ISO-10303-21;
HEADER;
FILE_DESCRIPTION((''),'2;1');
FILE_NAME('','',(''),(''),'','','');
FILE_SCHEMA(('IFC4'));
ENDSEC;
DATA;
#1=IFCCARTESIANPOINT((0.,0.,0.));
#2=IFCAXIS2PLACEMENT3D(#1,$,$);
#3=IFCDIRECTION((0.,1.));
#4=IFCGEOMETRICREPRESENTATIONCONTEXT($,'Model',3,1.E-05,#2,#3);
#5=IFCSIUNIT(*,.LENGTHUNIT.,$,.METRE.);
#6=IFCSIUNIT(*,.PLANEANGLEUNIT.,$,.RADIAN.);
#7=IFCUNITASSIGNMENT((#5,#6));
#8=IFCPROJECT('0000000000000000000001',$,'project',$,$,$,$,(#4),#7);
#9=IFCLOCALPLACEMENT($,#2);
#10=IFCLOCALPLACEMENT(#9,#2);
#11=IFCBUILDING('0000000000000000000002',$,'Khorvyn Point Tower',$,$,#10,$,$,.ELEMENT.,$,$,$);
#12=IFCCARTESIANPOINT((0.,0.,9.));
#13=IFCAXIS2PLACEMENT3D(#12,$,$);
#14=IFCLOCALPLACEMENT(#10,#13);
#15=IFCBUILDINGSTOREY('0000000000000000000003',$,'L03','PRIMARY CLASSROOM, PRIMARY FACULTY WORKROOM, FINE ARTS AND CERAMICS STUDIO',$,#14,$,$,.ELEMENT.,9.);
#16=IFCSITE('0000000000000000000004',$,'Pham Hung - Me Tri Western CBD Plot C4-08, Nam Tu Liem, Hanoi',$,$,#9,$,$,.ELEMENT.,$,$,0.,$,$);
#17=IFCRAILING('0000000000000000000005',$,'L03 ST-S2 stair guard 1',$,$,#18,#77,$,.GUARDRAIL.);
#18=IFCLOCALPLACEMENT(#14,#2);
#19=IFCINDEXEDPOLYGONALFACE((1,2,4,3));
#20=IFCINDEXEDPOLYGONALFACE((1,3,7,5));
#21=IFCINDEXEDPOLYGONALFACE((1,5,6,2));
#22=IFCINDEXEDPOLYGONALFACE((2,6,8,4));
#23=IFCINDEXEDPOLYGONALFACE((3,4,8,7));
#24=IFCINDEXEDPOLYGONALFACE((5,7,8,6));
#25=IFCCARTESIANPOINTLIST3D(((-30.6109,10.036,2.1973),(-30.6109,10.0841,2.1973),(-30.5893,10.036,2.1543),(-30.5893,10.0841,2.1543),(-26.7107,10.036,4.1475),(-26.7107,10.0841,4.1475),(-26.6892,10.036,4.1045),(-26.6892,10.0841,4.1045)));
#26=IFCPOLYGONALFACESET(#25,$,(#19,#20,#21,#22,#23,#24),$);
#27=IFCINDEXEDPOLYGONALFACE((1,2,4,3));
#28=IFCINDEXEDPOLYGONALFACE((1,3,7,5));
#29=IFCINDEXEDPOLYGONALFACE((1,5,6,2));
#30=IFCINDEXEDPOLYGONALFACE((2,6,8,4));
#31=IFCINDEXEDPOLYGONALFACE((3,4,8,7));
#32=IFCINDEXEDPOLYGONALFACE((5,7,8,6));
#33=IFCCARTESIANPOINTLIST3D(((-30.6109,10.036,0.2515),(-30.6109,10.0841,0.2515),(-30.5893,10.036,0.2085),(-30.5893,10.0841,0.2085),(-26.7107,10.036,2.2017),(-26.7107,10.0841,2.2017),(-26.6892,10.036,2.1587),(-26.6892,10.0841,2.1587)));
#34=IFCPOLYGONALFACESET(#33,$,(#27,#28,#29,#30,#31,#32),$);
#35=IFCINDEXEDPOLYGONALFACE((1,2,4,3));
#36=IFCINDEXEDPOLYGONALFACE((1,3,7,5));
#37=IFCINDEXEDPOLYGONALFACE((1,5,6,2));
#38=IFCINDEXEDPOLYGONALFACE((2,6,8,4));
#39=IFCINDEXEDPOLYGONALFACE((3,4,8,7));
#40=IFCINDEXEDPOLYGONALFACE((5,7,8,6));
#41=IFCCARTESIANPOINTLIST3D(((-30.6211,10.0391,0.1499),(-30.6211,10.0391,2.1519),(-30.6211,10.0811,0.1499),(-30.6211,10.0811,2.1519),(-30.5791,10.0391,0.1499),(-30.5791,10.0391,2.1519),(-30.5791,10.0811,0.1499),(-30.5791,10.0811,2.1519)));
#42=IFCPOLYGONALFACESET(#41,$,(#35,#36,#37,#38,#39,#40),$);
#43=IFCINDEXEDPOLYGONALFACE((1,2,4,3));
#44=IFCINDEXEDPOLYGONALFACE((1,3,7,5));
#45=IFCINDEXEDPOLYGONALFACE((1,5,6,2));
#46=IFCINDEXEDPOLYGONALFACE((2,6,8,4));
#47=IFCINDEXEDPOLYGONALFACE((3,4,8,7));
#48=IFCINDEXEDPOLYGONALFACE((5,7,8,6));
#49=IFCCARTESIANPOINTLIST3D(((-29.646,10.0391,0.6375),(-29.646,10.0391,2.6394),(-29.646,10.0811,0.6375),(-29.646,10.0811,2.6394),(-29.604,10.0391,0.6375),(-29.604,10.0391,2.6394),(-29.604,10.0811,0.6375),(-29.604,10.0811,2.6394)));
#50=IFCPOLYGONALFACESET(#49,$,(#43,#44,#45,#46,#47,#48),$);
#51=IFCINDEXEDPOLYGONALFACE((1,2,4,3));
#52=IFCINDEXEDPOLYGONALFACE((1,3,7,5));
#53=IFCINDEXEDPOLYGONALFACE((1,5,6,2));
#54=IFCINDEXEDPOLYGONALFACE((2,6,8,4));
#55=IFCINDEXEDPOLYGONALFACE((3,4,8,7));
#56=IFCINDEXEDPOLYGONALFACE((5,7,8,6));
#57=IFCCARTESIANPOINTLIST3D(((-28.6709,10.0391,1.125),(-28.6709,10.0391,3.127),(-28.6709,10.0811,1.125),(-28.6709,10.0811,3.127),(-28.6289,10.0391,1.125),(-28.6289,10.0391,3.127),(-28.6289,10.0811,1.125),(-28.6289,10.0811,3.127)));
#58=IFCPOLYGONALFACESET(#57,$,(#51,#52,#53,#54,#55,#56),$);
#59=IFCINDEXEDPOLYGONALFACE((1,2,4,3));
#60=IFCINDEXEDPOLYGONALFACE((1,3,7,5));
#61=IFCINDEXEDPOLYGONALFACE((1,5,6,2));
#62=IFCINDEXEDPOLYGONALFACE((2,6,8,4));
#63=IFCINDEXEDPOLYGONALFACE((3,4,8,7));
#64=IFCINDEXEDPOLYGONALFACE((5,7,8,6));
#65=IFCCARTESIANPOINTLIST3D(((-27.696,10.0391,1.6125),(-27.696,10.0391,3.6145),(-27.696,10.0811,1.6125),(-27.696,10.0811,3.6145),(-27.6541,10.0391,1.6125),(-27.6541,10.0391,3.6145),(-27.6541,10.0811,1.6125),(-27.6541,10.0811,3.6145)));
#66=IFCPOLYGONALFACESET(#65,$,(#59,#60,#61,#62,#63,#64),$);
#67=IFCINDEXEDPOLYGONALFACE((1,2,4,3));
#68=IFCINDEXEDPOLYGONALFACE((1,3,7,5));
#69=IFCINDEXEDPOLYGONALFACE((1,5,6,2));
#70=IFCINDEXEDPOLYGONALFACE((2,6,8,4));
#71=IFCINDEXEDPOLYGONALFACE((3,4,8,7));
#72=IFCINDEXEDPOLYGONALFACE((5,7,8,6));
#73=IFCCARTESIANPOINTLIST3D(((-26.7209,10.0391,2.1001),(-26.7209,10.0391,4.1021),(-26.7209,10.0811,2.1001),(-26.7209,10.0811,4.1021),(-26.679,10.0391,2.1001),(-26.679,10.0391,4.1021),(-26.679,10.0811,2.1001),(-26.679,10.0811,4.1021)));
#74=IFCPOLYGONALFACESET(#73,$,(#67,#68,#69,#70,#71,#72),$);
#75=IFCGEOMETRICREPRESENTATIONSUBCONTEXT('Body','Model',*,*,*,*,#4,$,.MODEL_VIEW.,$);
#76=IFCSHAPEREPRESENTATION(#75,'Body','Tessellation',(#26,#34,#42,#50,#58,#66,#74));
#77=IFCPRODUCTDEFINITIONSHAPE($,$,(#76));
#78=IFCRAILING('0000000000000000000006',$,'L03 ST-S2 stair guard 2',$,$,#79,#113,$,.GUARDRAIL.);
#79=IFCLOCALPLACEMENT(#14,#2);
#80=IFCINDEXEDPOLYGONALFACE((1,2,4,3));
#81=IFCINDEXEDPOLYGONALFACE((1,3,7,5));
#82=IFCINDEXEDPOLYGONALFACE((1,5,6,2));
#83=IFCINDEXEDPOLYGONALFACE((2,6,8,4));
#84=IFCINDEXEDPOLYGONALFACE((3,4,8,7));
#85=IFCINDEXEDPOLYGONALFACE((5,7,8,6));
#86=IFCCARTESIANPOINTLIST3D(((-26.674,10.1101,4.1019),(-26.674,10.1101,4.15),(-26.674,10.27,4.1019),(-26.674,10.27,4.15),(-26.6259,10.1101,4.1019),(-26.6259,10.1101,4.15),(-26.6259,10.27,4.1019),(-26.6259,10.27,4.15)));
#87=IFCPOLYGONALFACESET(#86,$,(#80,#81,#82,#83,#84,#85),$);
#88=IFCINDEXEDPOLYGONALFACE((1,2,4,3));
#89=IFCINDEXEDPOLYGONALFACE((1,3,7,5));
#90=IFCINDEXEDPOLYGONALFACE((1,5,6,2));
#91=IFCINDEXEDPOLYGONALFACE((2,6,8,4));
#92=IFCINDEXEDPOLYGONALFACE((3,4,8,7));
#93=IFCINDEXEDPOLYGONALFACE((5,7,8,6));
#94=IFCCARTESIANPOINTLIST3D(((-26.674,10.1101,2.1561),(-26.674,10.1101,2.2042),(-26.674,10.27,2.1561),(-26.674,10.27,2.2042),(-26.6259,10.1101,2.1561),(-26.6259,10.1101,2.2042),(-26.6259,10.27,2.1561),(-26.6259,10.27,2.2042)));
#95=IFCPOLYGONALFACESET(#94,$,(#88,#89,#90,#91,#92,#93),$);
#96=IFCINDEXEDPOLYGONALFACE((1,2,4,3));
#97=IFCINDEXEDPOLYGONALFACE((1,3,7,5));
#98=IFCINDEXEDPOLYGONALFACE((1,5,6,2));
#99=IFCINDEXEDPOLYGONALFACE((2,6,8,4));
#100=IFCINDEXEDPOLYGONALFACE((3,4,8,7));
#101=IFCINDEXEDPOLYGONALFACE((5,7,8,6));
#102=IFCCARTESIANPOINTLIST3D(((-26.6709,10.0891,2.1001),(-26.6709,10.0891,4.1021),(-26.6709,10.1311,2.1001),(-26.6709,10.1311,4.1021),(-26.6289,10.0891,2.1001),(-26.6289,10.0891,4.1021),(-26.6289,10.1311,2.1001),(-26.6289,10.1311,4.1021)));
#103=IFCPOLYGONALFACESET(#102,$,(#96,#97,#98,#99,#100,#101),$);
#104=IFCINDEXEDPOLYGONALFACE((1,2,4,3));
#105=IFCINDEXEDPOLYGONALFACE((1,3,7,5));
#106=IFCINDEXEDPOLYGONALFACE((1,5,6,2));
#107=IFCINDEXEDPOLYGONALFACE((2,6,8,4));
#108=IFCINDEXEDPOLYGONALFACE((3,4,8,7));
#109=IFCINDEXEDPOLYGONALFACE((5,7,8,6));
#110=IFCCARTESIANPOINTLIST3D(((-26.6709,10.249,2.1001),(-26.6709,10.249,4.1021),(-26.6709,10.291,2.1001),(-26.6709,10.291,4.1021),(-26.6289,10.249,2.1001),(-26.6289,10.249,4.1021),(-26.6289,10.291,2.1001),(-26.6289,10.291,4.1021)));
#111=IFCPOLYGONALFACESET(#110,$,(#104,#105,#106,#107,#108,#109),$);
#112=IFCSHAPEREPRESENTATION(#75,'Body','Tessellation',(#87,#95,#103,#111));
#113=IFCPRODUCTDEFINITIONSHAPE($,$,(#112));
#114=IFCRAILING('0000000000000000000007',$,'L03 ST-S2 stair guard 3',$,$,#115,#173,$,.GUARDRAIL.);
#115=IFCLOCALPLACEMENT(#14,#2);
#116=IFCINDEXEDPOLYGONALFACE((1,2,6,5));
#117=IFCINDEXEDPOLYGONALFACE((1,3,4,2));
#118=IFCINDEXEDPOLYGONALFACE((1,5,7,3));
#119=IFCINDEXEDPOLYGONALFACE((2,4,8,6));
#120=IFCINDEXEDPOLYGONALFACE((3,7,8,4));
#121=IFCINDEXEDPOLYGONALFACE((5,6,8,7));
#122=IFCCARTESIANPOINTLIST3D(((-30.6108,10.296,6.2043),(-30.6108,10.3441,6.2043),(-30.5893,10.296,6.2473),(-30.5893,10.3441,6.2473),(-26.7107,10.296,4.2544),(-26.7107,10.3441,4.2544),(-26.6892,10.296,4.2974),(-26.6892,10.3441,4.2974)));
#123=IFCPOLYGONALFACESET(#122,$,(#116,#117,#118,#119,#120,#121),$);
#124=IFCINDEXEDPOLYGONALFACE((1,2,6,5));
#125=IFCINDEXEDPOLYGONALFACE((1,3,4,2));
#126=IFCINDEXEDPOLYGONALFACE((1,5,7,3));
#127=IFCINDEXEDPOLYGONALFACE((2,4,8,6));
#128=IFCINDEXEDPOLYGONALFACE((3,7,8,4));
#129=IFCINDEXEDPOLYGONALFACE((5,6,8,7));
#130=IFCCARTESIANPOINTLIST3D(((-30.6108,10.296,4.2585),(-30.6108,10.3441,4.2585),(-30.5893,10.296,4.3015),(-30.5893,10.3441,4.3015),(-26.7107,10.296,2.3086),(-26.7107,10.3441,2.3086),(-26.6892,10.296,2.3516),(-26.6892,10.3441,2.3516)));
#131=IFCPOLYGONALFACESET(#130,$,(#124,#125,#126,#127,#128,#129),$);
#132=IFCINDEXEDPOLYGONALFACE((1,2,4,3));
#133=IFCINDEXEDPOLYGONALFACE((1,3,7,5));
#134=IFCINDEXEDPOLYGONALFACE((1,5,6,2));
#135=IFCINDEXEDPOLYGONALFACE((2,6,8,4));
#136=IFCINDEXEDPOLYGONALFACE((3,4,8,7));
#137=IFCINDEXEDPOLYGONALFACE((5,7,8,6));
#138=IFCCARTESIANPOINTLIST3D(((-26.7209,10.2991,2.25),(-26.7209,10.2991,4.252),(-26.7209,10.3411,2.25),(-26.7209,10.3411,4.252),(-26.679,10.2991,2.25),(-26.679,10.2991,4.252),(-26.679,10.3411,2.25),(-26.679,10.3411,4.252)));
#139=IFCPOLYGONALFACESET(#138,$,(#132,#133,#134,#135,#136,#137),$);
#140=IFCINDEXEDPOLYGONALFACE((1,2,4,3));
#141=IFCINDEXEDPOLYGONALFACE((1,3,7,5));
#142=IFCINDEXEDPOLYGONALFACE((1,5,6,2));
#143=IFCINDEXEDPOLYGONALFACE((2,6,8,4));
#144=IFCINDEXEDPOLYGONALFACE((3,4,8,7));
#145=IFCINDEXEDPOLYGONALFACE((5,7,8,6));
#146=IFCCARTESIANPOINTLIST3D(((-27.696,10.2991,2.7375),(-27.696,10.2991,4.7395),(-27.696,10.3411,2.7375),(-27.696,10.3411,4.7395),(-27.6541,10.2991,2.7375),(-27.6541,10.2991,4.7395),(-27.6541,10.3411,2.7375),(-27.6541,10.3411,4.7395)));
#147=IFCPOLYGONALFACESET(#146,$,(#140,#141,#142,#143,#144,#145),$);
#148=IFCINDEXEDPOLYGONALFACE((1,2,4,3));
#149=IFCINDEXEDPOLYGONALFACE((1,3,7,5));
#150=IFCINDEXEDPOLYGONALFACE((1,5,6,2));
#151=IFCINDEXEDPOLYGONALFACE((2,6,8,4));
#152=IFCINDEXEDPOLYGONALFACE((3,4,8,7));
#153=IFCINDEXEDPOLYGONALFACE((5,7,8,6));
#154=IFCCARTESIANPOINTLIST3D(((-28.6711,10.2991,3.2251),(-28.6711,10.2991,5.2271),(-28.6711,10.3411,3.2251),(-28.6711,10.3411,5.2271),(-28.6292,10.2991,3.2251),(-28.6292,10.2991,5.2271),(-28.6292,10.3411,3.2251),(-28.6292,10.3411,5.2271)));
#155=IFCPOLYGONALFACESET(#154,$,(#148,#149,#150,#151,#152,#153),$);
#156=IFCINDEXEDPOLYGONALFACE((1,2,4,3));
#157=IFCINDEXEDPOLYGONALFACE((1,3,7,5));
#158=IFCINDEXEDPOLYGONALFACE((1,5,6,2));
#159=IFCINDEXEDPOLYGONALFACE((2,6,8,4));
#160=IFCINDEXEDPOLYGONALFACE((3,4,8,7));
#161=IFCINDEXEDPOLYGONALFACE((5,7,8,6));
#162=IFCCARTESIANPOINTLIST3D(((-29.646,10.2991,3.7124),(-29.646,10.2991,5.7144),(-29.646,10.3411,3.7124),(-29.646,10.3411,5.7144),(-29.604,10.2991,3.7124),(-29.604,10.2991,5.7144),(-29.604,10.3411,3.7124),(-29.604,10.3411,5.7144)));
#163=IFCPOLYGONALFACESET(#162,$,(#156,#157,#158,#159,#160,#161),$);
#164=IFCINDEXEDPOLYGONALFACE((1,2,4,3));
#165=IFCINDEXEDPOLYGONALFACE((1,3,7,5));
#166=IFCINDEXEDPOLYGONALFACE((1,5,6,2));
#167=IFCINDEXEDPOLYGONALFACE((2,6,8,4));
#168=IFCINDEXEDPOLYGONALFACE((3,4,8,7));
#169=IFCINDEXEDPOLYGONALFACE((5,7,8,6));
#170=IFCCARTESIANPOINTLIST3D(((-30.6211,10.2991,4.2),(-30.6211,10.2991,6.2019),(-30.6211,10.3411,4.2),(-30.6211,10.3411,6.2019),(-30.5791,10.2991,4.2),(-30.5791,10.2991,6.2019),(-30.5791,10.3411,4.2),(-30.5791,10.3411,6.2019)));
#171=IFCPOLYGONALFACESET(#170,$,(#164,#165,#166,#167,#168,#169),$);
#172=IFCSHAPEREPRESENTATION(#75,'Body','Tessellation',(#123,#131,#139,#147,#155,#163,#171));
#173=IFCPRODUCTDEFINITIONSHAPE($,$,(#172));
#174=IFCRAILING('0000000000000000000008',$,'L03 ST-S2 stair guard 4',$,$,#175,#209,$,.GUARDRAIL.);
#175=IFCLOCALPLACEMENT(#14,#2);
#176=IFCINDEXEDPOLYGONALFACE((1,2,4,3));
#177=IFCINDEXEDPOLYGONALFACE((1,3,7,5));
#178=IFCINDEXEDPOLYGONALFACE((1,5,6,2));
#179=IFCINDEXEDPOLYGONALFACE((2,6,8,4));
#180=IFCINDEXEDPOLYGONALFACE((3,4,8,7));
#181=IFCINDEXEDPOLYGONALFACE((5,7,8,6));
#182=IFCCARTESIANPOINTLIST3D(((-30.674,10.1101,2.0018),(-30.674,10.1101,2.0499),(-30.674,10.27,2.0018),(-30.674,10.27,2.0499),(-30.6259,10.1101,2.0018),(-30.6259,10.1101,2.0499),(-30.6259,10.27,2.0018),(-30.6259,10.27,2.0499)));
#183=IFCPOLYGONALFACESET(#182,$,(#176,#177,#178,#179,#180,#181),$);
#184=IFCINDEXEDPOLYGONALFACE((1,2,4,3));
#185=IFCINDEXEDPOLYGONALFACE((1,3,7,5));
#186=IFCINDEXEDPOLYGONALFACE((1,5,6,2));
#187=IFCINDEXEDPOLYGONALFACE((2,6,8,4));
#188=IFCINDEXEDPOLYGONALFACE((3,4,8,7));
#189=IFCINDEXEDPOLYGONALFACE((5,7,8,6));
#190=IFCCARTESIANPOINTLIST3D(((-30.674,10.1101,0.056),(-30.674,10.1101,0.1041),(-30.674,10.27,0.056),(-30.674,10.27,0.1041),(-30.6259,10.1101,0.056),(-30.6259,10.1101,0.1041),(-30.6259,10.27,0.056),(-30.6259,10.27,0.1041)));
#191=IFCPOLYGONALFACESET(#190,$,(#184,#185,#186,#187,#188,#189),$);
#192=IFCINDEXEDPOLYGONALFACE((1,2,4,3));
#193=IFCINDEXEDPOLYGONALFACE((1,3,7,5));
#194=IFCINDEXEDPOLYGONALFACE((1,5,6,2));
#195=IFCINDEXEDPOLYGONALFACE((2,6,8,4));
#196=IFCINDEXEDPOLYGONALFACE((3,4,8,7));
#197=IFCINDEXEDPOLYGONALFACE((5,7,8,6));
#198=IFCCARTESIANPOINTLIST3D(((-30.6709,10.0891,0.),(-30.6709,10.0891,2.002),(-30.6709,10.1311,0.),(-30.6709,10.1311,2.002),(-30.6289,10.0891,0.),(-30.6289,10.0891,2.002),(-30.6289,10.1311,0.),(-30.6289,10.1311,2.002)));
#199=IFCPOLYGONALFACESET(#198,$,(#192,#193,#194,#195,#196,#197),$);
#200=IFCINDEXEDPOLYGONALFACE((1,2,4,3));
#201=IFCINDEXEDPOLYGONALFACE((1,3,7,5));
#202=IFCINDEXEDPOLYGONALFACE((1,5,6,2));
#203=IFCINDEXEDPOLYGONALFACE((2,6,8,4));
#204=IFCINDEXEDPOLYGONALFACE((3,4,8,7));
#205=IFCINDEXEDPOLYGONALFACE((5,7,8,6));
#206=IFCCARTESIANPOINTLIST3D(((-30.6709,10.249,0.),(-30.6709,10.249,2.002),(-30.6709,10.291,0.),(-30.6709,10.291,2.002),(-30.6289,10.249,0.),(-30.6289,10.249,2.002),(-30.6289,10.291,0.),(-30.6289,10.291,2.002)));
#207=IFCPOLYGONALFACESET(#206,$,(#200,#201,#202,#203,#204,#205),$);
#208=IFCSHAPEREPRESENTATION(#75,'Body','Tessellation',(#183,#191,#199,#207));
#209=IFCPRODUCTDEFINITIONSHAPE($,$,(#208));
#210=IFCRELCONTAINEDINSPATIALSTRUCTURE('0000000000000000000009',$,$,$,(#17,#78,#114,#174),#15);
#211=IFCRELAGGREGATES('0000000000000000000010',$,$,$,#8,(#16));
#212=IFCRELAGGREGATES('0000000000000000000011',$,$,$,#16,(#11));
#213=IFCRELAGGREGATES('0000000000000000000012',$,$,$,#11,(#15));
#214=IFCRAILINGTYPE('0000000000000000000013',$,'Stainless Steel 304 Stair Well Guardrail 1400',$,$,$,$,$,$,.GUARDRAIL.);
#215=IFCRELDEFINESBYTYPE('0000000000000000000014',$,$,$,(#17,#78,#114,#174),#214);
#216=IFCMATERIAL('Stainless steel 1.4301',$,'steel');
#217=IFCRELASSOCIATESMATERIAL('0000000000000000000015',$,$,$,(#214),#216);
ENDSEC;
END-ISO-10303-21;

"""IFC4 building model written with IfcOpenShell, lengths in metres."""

from ifc_helpers import new_model, si_unit, direction, frame, origin, origin_2d, place, context, subcontext, project, spatial, rectangle, extrude, material, type_object, element, save


model = new_model("IFC4")

# Units and contexts
model_context = context("Model", 3, precision=1e-05, world=origin(), true_north=direction((0.0, 1.0)))
body_context = subcontext(model_context, "Body", "Model", "MODEL_VIEW")
ifc_project = project(units=[si_unit("LENGTHUNIT", "METRE"), si_unit("PLANEANGLEUNIT", "RADIAN")], contexts=[model_context])

# Site, building, storey
site_placement = place(None, origin())
site = spatial("IfcSite", under=ifc_project, at=site_placement, Name="Pham Hung - Me Tri Western CBD Plot C4-08, Nam Tu Liem, Hanoi", CompositionType="ELEMENT", RefElevation=0.0)
building_placement = place(site_placement, origin())
building = spatial("IfcBuilding", under=site, at=building_placement, Name="Khorvyn Point Tower", CompositionType="ELEMENT")
storey_placement = place(building_placement, frame((0.0, 0.0, 9.0)))
storey = spatial("IfcBuildingStorey", under=building, at=storey_placement, Name="L03", Description="PRIMARY CLASSROOM, PRIMARY FACULTY WORKROOM, FINE ARTS AND CERAMICS STUDIO", CompositionType="ELEMENT", Elevation=9.0)

# Railings
ifc_material_1 = material(Name="Stainless steel 1.4301", Category="steel")
railing_type_1 = type_object("IfcRailingType", Name="Stainless Steel 304 Stair Well Guardrail 1400", PredefinedType="GUARDRAIL", material=ifc_material_1)
railing_1_placement = place(storey_placement, frame((-30.6001, 10.0601, 0.1499)))
element("IfcRailing", 1, at=railing_1_placement, inside=storey, type_object=railing_type_1, Name="L03 ST-S2 stair guard 1", PredefinedType="GUARDRAIL", context=body_context, shape_type="SweptSolid", body=[
    extrude(rectangle(XDim=0.0481, YDim=0.0481, at=origin_2d()), frame((0.0, 0.0, 2.0259), z_axis=(0.894416, 0.0, 0.447236), x_axis=(0.0, 1.0, 0.0)), (0.0, 0.0, 1.0), 4.3606),
    extrude(rectangle(XDim=0.0481, YDim=0.0481, at=origin_2d()), frame((0.0, 0.0, 0.0801), z_axis=(0.894416, 0.0, 0.447236), x_axis=(0.0, 1.0, 0.0)), (0.0, 0.0, 1.0), 4.3606),
    extrude(rectangle(XDim=0.042, YDim=0.042, at=origin_2d()), origin(), (0.0, 0.0, 1.0), 2.002),
    extrude(rectangle(XDim=0.042, YDim=0.042, at=origin_2d()), frame((0.9751, 0.0, 0.4875)), (0.0, 0.0, 1.0), 2.002),
    extrude(rectangle(XDim=0.042, YDim=0.042, at=origin_2d()), frame((1.9502, 0.0, 0.9751)), (0.0, 0.0, 1.0), 2.002),
    extrude(rectangle(XDim=0.042, YDim=0.042, at=origin_2d()), frame((2.925, 0.0, 1.4626)), (0.0, 0.0, 1.0), 2.002),
    extrude(rectangle(XDim=0.042, YDim=0.042, at=origin_2d()), frame((3.9001, 0.0, 1.9502)), (0.0, 0.0, 1.0), 2.002),
])
railing_2_placement = place(storey_placement, frame((-26.6499, 10.1101, 2.1001)))
element("IfcRailing", 2, at=railing_2_placement, inside=storey, type_object=railing_type_1, Name="L03 ST-S2 stair guard 2", PredefinedType="GUARDRAIL", context=body_context, shape_type="SweptSolid", body=[
    extrude(rectangle(XDim=0.0481, YDim=0.0481, at=origin_2d()), frame((0.0, 0.0, 2.0259), z_axis=(0.0, 1.0, 0.0), x_axis=(-1.0, 0.0, 0.0)), (0.0, 0.0, 1.0), 0.1599),
    extrude(rectangle(XDim=0.0481, YDim=0.0481, at=origin_2d()), frame((0.0, 0.0, 0.0801), z_axis=(0.0, 1.0, 0.0), x_axis=(-1.0, 0.0, 0.0)), (0.0, 0.0, 1.0), 0.1599),
    extrude(rectangle(XDim=0.042, YDim=0.042, at=origin_2d()), origin(), (0.0, 0.0, 1.0), 2.002),
    extrude(rectangle(XDim=0.042, YDim=0.042, at=origin_2d()), frame((0.0, 0.1599, 0.0)), (0.0, 0.0, 1.0), 2.002),
])
railing_3_placement = place(storey_placement, frame((-26.7, 10.3201, 2.25)))
element("IfcRailing", 3, at=railing_3_placement, inside=storey, type_object=railing_type_1, Name="L03 ST-S2 stair guard 3", PredefinedType="GUARDRAIL", context=body_context, shape_type="SweptSolid", body=[
    extrude(rectangle(XDim=0.0481, YDim=0.0481, at=origin_2d()), frame((0.0, 0.0, 2.0259), z_axis=(-0.894438, 0.0, 0.447191), x_axis=(0.0, -1.0, 0.0)), (0.0, 0.0, 1.0), 4.3604),
    extrude(rectangle(XDim=0.0481, YDim=0.0481, at=origin_2d()), frame((0.0, 0.0, 0.0801), z_axis=(-0.894438, 0.0, 0.447191), x_axis=(0.0, -1.0, 0.0)), (0.0, 0.0, 1.0), 4.3604),
    extrude(rectangle(XDim=0.042, YDim=0.042, at=origin_2d()), origin(), (0.0, 0.0, 1.0), 2.002),
    extrude(rectangle(XDim=0.042, YDim=0.042, at=origin_2d()), frame((-0.9751, 0.0, 0.4875)), (0.0, 0.0, 1.0), 2.002),
    extrude(rectangle(XDim=0.042, YDim=0.042, at=origin_2d()), frame((-1.9502, 0.0, 0.9751)), (0.0, 0.0, 1.0), 2.002),
    extrude(rectangle(XDim=0.042, YDim=0.042, at=origin_2d()), frame((-2.925, 0.0, 1.4624)), (0.0, 0.0, 1.0), 2.002),
    extrude(rectangle(XDim=0.042, YDim=0.042, at=origin_2d()), frame((-3.9001, 0.0, 1.95)), (0.0, 0.0, 1.0), 2.002),
])
railing_4_placement = place(storey_placement, frame((-30.6499, 10.1101, 0.0)))
element("IfcRailing", 4, at=railing_4_placement, inside=storey, type_object=railing_type_1, Name="L03 ST-S2 stair guard 4", PredefinedType="GUARDRAIL", context=body_context, shape_type="SweptSolid", body=[
    extrude(rectangle(XDim=0.0481, YDim=0.0481, at=origin_2d()), frame((0.0, 0.0, 2.0259), z_axis=(0.0, 1.0, 0.0), x_axis=(-1.0, 0.0, 0.0)), (0.0, 0.0, 1.0), 0.1599),
    extrude(rectangle(XDim=0.0481, YDim=0.0481, at=origin_2d()), frame((0.0, 0.0, 0.0801), z_axis=(0.0, 1.0, 0.0), x_axis=(-1.0, 0.0, 0.0)), (0.0, 0.0, 1.0), 0.1599),
    extrude(rectangle(XDim=0.042, YDim=0.042, at=origin_2d()), origin(), (0.0, 0.0, 1.0), 2.002),
    extrude(rectangle(XDim=0.042, YDim=0.042, at=origin_2d()), frame((0.0, 0.1599, 0.0)), (0.0, 0.0, 1.0), 2.002),
])

save(model, "model.ifc")
